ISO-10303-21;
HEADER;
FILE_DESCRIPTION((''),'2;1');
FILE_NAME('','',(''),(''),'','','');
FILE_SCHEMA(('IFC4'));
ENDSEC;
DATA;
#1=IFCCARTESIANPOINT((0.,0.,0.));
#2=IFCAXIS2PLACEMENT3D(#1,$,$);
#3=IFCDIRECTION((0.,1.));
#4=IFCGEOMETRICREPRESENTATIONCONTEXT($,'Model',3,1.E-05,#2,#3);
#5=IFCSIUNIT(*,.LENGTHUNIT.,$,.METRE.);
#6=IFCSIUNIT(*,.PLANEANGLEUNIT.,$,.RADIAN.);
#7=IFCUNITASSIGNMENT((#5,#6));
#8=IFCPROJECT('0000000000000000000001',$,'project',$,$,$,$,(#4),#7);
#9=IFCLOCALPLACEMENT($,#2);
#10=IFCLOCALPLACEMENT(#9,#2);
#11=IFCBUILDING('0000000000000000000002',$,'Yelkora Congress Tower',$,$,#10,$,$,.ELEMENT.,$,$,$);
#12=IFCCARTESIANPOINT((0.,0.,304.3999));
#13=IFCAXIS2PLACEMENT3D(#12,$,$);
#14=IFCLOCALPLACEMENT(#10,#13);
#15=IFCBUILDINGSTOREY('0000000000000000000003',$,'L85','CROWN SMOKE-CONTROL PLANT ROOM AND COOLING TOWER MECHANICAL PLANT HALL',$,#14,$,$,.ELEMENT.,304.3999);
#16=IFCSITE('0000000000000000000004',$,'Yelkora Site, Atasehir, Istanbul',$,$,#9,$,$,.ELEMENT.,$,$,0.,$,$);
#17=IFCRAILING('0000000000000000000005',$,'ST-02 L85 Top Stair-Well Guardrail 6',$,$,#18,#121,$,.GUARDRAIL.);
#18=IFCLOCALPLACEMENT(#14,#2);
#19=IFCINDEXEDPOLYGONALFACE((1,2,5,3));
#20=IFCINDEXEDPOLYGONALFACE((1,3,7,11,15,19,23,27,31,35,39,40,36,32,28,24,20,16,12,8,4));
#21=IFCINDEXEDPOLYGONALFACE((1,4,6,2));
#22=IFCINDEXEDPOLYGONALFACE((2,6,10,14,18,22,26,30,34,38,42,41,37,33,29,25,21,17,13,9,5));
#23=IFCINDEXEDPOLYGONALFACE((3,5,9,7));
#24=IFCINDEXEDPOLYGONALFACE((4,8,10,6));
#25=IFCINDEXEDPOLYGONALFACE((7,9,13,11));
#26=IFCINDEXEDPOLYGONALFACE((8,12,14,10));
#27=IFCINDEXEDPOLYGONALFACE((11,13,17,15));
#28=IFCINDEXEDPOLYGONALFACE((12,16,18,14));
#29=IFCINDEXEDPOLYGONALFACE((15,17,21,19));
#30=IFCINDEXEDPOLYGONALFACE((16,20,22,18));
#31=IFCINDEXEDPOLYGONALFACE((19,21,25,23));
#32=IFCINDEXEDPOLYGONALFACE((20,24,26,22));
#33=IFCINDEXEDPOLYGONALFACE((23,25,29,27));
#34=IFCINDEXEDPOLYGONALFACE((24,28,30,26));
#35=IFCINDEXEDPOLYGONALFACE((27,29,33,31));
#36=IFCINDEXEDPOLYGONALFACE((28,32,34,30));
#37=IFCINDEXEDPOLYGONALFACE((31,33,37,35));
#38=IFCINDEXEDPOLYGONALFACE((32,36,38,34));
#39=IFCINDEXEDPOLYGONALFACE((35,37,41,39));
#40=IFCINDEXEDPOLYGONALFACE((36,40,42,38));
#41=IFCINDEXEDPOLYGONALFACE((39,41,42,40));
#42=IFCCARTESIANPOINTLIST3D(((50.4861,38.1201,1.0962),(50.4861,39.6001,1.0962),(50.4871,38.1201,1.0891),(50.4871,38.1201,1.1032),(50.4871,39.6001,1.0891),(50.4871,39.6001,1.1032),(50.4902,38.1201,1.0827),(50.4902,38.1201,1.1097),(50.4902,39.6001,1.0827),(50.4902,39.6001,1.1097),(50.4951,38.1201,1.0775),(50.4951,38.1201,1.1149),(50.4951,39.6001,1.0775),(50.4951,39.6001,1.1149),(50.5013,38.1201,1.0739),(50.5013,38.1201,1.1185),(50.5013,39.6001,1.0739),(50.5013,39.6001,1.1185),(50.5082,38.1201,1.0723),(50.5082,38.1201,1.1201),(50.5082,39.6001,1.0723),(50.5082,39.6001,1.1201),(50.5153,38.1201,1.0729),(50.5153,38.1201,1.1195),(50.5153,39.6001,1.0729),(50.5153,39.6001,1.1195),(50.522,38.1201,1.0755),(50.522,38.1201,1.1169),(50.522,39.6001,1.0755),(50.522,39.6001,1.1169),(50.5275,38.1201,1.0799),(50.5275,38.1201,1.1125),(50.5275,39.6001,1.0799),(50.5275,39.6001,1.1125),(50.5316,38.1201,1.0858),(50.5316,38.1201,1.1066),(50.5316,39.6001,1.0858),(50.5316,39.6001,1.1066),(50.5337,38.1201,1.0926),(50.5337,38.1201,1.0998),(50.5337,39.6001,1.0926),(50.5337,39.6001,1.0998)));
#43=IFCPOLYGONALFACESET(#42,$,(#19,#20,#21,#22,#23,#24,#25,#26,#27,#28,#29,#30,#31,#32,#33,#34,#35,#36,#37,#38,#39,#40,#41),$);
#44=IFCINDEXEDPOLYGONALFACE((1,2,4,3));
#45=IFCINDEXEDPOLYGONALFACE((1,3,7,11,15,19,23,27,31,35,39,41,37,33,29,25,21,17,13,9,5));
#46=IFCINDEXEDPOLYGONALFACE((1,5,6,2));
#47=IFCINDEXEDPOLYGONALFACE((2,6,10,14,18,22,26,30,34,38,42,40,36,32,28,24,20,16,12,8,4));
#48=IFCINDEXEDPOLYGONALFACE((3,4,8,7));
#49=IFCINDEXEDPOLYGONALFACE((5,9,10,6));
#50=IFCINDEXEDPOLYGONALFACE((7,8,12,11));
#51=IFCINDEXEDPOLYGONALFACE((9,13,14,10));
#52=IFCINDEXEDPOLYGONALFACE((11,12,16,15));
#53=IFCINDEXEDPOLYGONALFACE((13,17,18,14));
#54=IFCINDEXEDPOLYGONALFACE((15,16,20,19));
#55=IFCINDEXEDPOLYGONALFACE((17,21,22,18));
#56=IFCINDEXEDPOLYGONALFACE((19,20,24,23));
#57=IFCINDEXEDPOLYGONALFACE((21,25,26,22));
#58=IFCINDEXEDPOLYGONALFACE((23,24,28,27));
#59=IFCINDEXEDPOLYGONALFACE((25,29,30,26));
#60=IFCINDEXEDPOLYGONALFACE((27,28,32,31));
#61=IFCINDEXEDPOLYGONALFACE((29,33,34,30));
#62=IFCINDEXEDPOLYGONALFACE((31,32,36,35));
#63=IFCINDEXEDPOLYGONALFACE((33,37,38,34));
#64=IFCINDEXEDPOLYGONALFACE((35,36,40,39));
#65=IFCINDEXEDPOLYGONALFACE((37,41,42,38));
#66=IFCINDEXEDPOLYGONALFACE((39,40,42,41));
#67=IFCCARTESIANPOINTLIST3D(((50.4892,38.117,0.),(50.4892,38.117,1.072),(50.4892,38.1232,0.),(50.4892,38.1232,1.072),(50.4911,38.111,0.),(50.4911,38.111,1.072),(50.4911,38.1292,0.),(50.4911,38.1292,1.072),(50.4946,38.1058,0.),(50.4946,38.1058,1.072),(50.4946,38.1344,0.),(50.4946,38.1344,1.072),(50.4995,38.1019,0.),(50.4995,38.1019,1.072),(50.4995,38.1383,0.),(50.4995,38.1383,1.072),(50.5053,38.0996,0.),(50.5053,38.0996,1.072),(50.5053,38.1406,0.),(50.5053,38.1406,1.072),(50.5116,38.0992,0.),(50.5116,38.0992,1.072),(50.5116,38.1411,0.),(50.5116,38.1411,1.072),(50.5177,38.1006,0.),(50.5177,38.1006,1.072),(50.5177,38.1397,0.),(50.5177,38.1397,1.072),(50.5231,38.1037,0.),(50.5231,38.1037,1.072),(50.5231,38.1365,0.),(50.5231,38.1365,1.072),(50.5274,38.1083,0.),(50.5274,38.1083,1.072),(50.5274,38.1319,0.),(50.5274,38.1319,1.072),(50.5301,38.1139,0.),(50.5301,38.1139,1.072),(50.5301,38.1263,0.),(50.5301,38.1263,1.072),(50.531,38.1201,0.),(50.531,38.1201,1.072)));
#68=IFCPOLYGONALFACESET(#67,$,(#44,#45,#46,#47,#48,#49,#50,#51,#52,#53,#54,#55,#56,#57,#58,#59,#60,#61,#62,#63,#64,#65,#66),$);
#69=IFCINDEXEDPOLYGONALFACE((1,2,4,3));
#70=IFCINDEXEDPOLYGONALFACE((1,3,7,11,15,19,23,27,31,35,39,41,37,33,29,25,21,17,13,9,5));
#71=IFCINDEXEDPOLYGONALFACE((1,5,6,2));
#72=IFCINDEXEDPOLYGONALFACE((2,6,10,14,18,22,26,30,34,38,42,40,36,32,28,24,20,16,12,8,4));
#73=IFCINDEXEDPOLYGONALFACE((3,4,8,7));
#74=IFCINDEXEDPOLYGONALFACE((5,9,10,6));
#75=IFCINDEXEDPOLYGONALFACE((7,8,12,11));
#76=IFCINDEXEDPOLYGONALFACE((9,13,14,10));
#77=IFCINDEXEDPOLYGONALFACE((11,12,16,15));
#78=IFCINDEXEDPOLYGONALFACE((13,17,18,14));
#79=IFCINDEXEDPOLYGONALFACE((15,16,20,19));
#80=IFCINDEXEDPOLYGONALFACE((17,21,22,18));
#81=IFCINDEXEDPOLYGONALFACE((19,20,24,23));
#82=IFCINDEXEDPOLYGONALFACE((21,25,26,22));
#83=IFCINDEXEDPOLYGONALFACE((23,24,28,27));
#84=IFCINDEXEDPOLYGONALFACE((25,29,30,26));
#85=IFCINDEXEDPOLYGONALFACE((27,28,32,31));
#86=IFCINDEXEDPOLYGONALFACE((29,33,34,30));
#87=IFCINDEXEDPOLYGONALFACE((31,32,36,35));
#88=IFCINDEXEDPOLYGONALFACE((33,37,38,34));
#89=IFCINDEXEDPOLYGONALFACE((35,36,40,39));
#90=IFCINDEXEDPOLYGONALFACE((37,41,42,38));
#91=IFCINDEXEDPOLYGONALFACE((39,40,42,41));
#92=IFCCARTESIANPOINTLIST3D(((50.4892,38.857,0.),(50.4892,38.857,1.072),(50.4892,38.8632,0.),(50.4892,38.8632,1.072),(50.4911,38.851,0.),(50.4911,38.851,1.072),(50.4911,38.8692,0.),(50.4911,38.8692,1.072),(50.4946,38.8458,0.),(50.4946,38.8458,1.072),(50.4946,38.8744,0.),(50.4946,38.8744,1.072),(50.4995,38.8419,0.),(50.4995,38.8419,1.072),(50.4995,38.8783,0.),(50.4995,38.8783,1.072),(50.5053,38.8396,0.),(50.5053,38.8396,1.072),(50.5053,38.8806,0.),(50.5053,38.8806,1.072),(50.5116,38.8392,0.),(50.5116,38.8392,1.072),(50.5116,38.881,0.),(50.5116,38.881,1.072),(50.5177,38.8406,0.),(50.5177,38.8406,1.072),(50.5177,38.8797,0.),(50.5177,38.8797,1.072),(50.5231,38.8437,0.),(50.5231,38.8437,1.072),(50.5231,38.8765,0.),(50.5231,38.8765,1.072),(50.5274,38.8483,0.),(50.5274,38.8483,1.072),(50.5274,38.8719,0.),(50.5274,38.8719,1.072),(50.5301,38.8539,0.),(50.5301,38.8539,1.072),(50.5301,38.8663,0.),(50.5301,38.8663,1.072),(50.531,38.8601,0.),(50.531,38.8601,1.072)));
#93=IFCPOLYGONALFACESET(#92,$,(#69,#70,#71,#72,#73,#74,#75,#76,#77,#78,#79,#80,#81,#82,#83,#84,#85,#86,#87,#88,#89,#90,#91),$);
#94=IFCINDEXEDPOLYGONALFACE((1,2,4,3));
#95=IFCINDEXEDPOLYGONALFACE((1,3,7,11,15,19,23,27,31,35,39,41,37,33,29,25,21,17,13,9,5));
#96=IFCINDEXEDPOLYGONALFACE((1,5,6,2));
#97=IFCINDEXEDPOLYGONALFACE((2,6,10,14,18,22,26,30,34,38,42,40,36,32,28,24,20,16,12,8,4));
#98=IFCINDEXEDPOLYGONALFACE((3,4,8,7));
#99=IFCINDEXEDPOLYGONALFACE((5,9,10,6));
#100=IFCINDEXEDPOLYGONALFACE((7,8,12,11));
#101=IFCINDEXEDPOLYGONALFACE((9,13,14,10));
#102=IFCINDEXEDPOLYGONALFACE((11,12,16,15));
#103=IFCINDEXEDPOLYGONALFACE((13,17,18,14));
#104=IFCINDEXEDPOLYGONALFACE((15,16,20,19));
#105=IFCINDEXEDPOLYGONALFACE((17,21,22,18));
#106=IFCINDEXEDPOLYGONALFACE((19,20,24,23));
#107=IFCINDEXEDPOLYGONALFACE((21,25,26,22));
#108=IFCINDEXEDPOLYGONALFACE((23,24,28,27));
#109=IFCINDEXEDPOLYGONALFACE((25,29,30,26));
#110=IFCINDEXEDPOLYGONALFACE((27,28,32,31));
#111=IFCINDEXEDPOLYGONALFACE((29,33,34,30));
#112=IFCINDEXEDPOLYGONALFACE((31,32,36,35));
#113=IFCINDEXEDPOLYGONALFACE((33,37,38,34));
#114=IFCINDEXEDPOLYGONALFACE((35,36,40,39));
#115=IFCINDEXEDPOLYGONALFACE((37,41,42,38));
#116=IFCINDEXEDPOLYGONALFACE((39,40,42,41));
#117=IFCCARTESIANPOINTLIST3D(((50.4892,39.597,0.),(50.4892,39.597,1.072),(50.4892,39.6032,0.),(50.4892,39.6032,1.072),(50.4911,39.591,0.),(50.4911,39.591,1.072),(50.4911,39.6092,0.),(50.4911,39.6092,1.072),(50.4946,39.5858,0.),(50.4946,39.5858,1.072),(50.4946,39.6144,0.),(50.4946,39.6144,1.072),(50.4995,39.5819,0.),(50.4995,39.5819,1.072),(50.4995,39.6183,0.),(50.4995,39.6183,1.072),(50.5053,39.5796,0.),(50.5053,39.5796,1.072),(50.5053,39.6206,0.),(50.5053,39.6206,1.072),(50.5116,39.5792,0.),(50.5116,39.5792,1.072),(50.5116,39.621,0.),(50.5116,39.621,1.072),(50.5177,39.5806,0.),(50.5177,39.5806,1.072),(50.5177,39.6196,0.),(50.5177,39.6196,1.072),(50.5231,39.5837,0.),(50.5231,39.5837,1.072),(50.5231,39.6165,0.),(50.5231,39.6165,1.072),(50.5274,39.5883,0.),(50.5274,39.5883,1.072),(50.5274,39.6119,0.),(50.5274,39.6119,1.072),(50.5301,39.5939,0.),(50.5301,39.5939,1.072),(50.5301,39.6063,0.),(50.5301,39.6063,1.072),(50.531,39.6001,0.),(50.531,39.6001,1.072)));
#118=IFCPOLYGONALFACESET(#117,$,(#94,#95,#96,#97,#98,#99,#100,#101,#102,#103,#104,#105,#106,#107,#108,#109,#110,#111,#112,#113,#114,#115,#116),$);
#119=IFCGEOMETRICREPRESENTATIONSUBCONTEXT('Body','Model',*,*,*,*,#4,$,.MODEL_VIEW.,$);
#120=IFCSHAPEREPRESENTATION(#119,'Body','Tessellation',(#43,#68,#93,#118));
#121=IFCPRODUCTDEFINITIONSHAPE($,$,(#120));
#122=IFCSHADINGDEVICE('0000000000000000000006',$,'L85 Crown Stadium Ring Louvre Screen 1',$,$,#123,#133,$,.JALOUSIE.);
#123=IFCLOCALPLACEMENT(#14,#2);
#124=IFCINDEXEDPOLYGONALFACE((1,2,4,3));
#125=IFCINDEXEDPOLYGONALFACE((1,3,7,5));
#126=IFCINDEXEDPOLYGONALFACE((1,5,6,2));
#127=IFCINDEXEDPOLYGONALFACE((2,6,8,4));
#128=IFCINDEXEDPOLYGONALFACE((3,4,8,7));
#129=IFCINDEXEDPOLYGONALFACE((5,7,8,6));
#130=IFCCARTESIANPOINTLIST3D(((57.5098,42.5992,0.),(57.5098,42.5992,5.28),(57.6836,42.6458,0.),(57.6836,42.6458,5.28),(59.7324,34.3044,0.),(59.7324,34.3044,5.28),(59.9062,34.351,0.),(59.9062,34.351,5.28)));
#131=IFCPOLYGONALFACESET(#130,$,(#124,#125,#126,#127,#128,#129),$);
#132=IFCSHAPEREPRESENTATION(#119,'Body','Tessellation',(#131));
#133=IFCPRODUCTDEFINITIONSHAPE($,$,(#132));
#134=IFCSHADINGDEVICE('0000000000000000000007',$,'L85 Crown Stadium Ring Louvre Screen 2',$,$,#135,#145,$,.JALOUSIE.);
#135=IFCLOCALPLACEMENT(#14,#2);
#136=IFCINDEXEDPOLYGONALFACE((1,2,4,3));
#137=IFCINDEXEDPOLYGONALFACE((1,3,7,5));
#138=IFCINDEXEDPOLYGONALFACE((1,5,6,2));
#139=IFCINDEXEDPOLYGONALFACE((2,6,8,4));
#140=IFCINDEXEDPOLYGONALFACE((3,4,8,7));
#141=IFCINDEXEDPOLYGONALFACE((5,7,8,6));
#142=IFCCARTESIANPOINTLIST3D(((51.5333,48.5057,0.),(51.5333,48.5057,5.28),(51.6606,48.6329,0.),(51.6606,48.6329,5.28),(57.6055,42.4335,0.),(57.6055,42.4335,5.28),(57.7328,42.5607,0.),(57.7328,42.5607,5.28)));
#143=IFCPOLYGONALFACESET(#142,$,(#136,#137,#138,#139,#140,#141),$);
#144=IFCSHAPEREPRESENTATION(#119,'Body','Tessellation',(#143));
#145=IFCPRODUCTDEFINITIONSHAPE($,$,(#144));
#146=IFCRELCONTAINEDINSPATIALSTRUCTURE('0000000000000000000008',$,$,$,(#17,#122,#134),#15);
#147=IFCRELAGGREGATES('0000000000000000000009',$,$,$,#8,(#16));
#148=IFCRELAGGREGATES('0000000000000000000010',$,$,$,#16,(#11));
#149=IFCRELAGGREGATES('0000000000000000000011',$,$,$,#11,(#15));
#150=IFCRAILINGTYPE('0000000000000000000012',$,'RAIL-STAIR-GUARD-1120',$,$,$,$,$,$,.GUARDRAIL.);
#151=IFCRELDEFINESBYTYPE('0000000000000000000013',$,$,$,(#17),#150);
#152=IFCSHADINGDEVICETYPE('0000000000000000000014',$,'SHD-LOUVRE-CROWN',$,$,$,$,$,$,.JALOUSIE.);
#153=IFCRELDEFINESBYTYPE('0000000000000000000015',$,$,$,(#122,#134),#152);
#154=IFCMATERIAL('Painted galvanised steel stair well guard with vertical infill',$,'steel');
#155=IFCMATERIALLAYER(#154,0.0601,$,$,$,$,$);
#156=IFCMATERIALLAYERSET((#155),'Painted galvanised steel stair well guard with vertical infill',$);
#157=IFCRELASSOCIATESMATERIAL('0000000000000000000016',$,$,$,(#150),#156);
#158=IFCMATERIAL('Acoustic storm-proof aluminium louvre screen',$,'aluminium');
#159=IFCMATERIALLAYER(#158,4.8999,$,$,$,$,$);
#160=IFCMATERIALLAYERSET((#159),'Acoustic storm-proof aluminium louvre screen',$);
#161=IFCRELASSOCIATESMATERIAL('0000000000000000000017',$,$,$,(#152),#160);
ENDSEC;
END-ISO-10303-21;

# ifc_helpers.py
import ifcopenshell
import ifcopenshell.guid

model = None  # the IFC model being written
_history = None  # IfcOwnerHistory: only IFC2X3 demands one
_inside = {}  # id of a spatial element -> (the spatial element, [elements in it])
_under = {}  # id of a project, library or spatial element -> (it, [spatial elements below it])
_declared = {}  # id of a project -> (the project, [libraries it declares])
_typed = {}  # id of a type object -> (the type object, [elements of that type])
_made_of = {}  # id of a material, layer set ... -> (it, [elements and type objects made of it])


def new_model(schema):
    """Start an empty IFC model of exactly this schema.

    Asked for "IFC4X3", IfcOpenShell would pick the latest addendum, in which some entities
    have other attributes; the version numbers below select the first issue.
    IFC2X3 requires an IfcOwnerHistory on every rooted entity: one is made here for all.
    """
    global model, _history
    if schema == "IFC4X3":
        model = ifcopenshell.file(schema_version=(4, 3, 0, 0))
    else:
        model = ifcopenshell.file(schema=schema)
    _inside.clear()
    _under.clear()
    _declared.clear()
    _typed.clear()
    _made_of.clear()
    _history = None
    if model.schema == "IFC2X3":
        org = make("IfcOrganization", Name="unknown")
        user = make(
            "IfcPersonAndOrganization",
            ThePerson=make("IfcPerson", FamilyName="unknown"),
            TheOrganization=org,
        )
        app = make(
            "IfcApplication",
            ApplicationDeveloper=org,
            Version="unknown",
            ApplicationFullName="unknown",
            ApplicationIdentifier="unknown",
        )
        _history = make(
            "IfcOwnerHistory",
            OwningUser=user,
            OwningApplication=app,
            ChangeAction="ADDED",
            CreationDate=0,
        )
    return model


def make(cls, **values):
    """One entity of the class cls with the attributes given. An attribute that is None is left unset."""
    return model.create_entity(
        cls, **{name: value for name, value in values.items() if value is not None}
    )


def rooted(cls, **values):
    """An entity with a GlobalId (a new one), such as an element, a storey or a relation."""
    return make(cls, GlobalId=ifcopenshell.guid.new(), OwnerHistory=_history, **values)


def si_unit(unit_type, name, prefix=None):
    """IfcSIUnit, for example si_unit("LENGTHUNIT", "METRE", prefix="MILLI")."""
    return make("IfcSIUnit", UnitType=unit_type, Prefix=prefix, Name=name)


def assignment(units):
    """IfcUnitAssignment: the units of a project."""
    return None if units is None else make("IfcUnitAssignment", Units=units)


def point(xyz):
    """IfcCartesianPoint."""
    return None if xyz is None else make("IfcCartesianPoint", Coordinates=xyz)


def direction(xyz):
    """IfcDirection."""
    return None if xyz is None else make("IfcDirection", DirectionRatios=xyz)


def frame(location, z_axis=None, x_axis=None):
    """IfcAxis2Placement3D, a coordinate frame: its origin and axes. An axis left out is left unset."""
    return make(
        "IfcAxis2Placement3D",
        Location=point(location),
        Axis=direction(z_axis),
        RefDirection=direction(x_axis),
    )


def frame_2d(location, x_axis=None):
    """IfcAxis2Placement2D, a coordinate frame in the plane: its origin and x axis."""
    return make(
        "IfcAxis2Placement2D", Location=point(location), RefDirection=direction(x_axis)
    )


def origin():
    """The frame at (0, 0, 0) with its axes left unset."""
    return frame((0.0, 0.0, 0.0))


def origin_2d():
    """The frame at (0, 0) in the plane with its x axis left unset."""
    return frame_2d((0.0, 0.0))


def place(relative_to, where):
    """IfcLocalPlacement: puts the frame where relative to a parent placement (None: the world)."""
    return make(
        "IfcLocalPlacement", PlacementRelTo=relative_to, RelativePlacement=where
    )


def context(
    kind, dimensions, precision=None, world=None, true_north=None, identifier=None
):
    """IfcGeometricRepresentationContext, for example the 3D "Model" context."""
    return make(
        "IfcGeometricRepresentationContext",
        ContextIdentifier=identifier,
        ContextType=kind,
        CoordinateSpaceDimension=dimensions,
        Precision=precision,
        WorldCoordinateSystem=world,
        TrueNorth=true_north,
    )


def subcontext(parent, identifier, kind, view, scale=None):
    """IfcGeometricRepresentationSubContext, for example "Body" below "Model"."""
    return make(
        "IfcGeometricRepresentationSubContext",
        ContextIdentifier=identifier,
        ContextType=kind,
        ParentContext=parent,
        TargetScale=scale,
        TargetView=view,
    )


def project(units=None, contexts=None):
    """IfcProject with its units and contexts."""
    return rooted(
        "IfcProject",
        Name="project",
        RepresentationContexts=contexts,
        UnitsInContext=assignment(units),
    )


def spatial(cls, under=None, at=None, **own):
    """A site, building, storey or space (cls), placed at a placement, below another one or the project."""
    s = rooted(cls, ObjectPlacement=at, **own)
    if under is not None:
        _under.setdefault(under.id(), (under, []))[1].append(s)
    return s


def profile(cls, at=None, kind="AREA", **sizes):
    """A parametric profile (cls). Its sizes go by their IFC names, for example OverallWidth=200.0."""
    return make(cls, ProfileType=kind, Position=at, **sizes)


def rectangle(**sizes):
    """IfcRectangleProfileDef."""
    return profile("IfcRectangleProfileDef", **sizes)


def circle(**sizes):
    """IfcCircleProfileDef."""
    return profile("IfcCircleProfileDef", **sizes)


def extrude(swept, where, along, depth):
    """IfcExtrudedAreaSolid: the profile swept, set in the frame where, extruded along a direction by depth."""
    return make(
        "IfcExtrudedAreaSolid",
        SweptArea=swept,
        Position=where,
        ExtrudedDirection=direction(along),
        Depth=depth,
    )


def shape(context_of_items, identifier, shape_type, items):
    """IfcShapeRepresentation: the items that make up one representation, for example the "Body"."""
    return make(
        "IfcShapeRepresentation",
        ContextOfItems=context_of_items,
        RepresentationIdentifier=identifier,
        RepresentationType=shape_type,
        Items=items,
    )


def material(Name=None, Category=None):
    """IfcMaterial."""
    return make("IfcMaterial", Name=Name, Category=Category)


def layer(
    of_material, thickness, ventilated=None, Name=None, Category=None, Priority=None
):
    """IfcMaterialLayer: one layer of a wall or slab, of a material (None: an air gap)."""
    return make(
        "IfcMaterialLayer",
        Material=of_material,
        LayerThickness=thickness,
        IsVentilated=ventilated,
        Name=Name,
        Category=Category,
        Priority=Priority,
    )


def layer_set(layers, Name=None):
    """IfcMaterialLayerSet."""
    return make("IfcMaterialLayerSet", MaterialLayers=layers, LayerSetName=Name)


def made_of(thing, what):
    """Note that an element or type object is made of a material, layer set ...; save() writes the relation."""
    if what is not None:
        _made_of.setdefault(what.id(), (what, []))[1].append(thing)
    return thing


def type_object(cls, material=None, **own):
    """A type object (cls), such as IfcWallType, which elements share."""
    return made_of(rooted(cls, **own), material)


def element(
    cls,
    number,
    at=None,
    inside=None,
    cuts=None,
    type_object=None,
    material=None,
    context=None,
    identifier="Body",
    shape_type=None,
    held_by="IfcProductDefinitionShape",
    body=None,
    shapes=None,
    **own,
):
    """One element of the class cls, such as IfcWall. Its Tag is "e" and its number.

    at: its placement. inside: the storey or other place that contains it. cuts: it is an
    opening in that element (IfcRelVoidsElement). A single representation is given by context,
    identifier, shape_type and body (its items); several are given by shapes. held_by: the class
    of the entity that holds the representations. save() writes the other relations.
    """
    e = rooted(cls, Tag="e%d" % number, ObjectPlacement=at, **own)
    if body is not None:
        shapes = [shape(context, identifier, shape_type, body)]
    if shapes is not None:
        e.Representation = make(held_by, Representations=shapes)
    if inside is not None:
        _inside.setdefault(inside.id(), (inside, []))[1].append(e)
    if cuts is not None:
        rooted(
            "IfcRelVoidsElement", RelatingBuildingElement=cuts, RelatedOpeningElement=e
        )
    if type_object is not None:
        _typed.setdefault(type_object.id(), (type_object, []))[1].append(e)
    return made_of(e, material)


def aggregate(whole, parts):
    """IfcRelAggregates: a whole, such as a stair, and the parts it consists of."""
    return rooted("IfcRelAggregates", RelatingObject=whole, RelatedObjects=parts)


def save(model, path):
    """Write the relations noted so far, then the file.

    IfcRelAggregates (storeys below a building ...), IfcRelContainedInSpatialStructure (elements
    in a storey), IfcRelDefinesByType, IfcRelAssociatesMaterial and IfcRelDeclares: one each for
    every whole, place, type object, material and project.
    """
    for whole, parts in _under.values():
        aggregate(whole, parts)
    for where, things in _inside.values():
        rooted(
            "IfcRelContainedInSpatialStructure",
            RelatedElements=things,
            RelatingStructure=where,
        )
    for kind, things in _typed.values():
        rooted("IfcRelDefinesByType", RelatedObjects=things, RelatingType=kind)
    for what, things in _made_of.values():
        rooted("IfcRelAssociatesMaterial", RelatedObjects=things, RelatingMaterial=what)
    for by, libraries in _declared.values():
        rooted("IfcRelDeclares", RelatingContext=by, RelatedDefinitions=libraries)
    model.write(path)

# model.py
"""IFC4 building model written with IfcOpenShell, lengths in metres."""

from ifc_helpers import new_model, si_unit, direction, frame, origin, origin_2d, place, context, subcontext, project, spatial, rectangle, circle, extrude, material, layer, layer_set, type_object, element, save


model = new_model("IFC4")

# Units and contexts
model_context = context("Model", 3, precision=1e-05, world=origin(), true_north=direction((0.0, 1.0)))
body_context = subcontext(model_context, "Body", "Model", "MODEL_VIEW")
ifc_project = project(units=[si_unit("LENGTHUNIT", "METRE"), si_unit("PLANEANGLEUNIT", "RADIAN")], contexts=[model_context])

# Site, building, storey
site_placement = place(None, origin())
site = spatial("IfcSite", under=ifc_project, at=site_placement, Name="Yelkora Site, Atasehir, Istanbul", CompositionType="ELEMENT", RefElevation=0.0)
building_placement = place(site_placement, origin())
building = spatial("IfcBuilding", under=site, at=building_placement, Name="Yelkora Congress Tower", CompositionType="ELEMENT")
storey_placement = place(building_placement, frame((0.0, 0.0, 304.3999)))
storey = spatial("IfcBuildingStorey", under=building, at=storey_placement, Name="L85", Description="CROWN SMOKE-CONTROL PLANT ROOM AND COOLING TOWER MECHANICAL PLANT HALL", CompositionType="ELEMENT", Elevation=304.3999)

# Railing
ifc_material_1 = material(Name="Painted galvanised steel stair well guard with vertical infill", Category="steel")
ifc_layer_1 = layer(ifc_material_1, 0.0601)
ifc_layer_set_1 = layer_set([ifc_layer_1], Name="Painted galvanised steel stair well guard with vertical infill")
railing_type = type_object("IfcRailingType", Name="RAIL-STAIR-GUARD-1120", PredefinedType="GUARDRAIL", material=ifc_layer_set_1)
for number, where, name in (
    (1, (50.51, 38.1201, 0.0), "ST-02 L85 Top Stair-Well Guardrail 6"),
):
    element("IfcRailing", number, at=place(storey_placement, frame(where)), inside=storey, type_object=railing_type, Name=name, PredefinedType="GUARDRAIL", context=body_context, shape_type="SweptSolid", body=[
        extrude(circle(Radius=0.0239, at=origin_2d()), frame((0.0, 0.0, 1.0962), z_axis=(0.0, 1.0, 0.0), x_axis=(-1.0, 0.0, 0.0)), (0.0, 0.0, 1.0), 1.48),
        extrude(circle(Radius=0.021, at=origin_2d()), origin(), (0.0, 0.0, 1.0), 1.072),
        extrude(circle(Radius=0.021, at=origin_2d()), frame((0.0, 0.74, 0.0)), (0.0, 0.0, 1.0), 1.072),
        extrude(circle(Radius=0.021, at=origin_2d()), frame((0.0, 1.48, 0.0)), (0.0, 0.0, 1.0), 1.072),
    ])

# Shading devices
ifc_material_2 = material(Name="Acoustic storm-proof aluminium louvre screen", Category="aluminium")
ifc_layer_2 = layer(ifc_material_2, 4.8999)
ifc_layer_set_2 = layer_set([ifc_layer_2], Name="Acoustic storm-proof aluminium louvre screen")
shading_device_type = type_object("IfcShadingDeviceType", Name="SHD-LOUVRE-CROWN", PredefinedType="JALOUSIE", material=ifc_layer_set_2)
for number, where, z_axis, x_axis, name in (
    (2, (58.708, 38.4751, 0.0), (0.0, 0.0, 1.0), (-0.258819, 0.965926, 0.0), "L85 Crown Stadium Ring Louvre Screen 1"),
    (3, (54.6331, 45.5332, 0.0), (0.0, 0.0, 1.0), (-0.707107, 0.707107, 0.0), "L85 Crown Stadium Ring Louvre Screen 2"),
):
    element("IfcShadingDevice", number, at=place(storey_placement, frame(where, z_axis=z_axis, x_axis=x_axis)), inside=storey, type_object=shading_device_type, Name=name, PredefinedType="JALOUSIE", context=body_context, shape_type="SweptSolid", body=[
        extrude(rectangle(XDim=8.5874, YDim=0.1799, at=origin_2d()), origin(), (0.0, 0.0, 1.0), 5.28),
    ])

save(model, "model.ifc")
